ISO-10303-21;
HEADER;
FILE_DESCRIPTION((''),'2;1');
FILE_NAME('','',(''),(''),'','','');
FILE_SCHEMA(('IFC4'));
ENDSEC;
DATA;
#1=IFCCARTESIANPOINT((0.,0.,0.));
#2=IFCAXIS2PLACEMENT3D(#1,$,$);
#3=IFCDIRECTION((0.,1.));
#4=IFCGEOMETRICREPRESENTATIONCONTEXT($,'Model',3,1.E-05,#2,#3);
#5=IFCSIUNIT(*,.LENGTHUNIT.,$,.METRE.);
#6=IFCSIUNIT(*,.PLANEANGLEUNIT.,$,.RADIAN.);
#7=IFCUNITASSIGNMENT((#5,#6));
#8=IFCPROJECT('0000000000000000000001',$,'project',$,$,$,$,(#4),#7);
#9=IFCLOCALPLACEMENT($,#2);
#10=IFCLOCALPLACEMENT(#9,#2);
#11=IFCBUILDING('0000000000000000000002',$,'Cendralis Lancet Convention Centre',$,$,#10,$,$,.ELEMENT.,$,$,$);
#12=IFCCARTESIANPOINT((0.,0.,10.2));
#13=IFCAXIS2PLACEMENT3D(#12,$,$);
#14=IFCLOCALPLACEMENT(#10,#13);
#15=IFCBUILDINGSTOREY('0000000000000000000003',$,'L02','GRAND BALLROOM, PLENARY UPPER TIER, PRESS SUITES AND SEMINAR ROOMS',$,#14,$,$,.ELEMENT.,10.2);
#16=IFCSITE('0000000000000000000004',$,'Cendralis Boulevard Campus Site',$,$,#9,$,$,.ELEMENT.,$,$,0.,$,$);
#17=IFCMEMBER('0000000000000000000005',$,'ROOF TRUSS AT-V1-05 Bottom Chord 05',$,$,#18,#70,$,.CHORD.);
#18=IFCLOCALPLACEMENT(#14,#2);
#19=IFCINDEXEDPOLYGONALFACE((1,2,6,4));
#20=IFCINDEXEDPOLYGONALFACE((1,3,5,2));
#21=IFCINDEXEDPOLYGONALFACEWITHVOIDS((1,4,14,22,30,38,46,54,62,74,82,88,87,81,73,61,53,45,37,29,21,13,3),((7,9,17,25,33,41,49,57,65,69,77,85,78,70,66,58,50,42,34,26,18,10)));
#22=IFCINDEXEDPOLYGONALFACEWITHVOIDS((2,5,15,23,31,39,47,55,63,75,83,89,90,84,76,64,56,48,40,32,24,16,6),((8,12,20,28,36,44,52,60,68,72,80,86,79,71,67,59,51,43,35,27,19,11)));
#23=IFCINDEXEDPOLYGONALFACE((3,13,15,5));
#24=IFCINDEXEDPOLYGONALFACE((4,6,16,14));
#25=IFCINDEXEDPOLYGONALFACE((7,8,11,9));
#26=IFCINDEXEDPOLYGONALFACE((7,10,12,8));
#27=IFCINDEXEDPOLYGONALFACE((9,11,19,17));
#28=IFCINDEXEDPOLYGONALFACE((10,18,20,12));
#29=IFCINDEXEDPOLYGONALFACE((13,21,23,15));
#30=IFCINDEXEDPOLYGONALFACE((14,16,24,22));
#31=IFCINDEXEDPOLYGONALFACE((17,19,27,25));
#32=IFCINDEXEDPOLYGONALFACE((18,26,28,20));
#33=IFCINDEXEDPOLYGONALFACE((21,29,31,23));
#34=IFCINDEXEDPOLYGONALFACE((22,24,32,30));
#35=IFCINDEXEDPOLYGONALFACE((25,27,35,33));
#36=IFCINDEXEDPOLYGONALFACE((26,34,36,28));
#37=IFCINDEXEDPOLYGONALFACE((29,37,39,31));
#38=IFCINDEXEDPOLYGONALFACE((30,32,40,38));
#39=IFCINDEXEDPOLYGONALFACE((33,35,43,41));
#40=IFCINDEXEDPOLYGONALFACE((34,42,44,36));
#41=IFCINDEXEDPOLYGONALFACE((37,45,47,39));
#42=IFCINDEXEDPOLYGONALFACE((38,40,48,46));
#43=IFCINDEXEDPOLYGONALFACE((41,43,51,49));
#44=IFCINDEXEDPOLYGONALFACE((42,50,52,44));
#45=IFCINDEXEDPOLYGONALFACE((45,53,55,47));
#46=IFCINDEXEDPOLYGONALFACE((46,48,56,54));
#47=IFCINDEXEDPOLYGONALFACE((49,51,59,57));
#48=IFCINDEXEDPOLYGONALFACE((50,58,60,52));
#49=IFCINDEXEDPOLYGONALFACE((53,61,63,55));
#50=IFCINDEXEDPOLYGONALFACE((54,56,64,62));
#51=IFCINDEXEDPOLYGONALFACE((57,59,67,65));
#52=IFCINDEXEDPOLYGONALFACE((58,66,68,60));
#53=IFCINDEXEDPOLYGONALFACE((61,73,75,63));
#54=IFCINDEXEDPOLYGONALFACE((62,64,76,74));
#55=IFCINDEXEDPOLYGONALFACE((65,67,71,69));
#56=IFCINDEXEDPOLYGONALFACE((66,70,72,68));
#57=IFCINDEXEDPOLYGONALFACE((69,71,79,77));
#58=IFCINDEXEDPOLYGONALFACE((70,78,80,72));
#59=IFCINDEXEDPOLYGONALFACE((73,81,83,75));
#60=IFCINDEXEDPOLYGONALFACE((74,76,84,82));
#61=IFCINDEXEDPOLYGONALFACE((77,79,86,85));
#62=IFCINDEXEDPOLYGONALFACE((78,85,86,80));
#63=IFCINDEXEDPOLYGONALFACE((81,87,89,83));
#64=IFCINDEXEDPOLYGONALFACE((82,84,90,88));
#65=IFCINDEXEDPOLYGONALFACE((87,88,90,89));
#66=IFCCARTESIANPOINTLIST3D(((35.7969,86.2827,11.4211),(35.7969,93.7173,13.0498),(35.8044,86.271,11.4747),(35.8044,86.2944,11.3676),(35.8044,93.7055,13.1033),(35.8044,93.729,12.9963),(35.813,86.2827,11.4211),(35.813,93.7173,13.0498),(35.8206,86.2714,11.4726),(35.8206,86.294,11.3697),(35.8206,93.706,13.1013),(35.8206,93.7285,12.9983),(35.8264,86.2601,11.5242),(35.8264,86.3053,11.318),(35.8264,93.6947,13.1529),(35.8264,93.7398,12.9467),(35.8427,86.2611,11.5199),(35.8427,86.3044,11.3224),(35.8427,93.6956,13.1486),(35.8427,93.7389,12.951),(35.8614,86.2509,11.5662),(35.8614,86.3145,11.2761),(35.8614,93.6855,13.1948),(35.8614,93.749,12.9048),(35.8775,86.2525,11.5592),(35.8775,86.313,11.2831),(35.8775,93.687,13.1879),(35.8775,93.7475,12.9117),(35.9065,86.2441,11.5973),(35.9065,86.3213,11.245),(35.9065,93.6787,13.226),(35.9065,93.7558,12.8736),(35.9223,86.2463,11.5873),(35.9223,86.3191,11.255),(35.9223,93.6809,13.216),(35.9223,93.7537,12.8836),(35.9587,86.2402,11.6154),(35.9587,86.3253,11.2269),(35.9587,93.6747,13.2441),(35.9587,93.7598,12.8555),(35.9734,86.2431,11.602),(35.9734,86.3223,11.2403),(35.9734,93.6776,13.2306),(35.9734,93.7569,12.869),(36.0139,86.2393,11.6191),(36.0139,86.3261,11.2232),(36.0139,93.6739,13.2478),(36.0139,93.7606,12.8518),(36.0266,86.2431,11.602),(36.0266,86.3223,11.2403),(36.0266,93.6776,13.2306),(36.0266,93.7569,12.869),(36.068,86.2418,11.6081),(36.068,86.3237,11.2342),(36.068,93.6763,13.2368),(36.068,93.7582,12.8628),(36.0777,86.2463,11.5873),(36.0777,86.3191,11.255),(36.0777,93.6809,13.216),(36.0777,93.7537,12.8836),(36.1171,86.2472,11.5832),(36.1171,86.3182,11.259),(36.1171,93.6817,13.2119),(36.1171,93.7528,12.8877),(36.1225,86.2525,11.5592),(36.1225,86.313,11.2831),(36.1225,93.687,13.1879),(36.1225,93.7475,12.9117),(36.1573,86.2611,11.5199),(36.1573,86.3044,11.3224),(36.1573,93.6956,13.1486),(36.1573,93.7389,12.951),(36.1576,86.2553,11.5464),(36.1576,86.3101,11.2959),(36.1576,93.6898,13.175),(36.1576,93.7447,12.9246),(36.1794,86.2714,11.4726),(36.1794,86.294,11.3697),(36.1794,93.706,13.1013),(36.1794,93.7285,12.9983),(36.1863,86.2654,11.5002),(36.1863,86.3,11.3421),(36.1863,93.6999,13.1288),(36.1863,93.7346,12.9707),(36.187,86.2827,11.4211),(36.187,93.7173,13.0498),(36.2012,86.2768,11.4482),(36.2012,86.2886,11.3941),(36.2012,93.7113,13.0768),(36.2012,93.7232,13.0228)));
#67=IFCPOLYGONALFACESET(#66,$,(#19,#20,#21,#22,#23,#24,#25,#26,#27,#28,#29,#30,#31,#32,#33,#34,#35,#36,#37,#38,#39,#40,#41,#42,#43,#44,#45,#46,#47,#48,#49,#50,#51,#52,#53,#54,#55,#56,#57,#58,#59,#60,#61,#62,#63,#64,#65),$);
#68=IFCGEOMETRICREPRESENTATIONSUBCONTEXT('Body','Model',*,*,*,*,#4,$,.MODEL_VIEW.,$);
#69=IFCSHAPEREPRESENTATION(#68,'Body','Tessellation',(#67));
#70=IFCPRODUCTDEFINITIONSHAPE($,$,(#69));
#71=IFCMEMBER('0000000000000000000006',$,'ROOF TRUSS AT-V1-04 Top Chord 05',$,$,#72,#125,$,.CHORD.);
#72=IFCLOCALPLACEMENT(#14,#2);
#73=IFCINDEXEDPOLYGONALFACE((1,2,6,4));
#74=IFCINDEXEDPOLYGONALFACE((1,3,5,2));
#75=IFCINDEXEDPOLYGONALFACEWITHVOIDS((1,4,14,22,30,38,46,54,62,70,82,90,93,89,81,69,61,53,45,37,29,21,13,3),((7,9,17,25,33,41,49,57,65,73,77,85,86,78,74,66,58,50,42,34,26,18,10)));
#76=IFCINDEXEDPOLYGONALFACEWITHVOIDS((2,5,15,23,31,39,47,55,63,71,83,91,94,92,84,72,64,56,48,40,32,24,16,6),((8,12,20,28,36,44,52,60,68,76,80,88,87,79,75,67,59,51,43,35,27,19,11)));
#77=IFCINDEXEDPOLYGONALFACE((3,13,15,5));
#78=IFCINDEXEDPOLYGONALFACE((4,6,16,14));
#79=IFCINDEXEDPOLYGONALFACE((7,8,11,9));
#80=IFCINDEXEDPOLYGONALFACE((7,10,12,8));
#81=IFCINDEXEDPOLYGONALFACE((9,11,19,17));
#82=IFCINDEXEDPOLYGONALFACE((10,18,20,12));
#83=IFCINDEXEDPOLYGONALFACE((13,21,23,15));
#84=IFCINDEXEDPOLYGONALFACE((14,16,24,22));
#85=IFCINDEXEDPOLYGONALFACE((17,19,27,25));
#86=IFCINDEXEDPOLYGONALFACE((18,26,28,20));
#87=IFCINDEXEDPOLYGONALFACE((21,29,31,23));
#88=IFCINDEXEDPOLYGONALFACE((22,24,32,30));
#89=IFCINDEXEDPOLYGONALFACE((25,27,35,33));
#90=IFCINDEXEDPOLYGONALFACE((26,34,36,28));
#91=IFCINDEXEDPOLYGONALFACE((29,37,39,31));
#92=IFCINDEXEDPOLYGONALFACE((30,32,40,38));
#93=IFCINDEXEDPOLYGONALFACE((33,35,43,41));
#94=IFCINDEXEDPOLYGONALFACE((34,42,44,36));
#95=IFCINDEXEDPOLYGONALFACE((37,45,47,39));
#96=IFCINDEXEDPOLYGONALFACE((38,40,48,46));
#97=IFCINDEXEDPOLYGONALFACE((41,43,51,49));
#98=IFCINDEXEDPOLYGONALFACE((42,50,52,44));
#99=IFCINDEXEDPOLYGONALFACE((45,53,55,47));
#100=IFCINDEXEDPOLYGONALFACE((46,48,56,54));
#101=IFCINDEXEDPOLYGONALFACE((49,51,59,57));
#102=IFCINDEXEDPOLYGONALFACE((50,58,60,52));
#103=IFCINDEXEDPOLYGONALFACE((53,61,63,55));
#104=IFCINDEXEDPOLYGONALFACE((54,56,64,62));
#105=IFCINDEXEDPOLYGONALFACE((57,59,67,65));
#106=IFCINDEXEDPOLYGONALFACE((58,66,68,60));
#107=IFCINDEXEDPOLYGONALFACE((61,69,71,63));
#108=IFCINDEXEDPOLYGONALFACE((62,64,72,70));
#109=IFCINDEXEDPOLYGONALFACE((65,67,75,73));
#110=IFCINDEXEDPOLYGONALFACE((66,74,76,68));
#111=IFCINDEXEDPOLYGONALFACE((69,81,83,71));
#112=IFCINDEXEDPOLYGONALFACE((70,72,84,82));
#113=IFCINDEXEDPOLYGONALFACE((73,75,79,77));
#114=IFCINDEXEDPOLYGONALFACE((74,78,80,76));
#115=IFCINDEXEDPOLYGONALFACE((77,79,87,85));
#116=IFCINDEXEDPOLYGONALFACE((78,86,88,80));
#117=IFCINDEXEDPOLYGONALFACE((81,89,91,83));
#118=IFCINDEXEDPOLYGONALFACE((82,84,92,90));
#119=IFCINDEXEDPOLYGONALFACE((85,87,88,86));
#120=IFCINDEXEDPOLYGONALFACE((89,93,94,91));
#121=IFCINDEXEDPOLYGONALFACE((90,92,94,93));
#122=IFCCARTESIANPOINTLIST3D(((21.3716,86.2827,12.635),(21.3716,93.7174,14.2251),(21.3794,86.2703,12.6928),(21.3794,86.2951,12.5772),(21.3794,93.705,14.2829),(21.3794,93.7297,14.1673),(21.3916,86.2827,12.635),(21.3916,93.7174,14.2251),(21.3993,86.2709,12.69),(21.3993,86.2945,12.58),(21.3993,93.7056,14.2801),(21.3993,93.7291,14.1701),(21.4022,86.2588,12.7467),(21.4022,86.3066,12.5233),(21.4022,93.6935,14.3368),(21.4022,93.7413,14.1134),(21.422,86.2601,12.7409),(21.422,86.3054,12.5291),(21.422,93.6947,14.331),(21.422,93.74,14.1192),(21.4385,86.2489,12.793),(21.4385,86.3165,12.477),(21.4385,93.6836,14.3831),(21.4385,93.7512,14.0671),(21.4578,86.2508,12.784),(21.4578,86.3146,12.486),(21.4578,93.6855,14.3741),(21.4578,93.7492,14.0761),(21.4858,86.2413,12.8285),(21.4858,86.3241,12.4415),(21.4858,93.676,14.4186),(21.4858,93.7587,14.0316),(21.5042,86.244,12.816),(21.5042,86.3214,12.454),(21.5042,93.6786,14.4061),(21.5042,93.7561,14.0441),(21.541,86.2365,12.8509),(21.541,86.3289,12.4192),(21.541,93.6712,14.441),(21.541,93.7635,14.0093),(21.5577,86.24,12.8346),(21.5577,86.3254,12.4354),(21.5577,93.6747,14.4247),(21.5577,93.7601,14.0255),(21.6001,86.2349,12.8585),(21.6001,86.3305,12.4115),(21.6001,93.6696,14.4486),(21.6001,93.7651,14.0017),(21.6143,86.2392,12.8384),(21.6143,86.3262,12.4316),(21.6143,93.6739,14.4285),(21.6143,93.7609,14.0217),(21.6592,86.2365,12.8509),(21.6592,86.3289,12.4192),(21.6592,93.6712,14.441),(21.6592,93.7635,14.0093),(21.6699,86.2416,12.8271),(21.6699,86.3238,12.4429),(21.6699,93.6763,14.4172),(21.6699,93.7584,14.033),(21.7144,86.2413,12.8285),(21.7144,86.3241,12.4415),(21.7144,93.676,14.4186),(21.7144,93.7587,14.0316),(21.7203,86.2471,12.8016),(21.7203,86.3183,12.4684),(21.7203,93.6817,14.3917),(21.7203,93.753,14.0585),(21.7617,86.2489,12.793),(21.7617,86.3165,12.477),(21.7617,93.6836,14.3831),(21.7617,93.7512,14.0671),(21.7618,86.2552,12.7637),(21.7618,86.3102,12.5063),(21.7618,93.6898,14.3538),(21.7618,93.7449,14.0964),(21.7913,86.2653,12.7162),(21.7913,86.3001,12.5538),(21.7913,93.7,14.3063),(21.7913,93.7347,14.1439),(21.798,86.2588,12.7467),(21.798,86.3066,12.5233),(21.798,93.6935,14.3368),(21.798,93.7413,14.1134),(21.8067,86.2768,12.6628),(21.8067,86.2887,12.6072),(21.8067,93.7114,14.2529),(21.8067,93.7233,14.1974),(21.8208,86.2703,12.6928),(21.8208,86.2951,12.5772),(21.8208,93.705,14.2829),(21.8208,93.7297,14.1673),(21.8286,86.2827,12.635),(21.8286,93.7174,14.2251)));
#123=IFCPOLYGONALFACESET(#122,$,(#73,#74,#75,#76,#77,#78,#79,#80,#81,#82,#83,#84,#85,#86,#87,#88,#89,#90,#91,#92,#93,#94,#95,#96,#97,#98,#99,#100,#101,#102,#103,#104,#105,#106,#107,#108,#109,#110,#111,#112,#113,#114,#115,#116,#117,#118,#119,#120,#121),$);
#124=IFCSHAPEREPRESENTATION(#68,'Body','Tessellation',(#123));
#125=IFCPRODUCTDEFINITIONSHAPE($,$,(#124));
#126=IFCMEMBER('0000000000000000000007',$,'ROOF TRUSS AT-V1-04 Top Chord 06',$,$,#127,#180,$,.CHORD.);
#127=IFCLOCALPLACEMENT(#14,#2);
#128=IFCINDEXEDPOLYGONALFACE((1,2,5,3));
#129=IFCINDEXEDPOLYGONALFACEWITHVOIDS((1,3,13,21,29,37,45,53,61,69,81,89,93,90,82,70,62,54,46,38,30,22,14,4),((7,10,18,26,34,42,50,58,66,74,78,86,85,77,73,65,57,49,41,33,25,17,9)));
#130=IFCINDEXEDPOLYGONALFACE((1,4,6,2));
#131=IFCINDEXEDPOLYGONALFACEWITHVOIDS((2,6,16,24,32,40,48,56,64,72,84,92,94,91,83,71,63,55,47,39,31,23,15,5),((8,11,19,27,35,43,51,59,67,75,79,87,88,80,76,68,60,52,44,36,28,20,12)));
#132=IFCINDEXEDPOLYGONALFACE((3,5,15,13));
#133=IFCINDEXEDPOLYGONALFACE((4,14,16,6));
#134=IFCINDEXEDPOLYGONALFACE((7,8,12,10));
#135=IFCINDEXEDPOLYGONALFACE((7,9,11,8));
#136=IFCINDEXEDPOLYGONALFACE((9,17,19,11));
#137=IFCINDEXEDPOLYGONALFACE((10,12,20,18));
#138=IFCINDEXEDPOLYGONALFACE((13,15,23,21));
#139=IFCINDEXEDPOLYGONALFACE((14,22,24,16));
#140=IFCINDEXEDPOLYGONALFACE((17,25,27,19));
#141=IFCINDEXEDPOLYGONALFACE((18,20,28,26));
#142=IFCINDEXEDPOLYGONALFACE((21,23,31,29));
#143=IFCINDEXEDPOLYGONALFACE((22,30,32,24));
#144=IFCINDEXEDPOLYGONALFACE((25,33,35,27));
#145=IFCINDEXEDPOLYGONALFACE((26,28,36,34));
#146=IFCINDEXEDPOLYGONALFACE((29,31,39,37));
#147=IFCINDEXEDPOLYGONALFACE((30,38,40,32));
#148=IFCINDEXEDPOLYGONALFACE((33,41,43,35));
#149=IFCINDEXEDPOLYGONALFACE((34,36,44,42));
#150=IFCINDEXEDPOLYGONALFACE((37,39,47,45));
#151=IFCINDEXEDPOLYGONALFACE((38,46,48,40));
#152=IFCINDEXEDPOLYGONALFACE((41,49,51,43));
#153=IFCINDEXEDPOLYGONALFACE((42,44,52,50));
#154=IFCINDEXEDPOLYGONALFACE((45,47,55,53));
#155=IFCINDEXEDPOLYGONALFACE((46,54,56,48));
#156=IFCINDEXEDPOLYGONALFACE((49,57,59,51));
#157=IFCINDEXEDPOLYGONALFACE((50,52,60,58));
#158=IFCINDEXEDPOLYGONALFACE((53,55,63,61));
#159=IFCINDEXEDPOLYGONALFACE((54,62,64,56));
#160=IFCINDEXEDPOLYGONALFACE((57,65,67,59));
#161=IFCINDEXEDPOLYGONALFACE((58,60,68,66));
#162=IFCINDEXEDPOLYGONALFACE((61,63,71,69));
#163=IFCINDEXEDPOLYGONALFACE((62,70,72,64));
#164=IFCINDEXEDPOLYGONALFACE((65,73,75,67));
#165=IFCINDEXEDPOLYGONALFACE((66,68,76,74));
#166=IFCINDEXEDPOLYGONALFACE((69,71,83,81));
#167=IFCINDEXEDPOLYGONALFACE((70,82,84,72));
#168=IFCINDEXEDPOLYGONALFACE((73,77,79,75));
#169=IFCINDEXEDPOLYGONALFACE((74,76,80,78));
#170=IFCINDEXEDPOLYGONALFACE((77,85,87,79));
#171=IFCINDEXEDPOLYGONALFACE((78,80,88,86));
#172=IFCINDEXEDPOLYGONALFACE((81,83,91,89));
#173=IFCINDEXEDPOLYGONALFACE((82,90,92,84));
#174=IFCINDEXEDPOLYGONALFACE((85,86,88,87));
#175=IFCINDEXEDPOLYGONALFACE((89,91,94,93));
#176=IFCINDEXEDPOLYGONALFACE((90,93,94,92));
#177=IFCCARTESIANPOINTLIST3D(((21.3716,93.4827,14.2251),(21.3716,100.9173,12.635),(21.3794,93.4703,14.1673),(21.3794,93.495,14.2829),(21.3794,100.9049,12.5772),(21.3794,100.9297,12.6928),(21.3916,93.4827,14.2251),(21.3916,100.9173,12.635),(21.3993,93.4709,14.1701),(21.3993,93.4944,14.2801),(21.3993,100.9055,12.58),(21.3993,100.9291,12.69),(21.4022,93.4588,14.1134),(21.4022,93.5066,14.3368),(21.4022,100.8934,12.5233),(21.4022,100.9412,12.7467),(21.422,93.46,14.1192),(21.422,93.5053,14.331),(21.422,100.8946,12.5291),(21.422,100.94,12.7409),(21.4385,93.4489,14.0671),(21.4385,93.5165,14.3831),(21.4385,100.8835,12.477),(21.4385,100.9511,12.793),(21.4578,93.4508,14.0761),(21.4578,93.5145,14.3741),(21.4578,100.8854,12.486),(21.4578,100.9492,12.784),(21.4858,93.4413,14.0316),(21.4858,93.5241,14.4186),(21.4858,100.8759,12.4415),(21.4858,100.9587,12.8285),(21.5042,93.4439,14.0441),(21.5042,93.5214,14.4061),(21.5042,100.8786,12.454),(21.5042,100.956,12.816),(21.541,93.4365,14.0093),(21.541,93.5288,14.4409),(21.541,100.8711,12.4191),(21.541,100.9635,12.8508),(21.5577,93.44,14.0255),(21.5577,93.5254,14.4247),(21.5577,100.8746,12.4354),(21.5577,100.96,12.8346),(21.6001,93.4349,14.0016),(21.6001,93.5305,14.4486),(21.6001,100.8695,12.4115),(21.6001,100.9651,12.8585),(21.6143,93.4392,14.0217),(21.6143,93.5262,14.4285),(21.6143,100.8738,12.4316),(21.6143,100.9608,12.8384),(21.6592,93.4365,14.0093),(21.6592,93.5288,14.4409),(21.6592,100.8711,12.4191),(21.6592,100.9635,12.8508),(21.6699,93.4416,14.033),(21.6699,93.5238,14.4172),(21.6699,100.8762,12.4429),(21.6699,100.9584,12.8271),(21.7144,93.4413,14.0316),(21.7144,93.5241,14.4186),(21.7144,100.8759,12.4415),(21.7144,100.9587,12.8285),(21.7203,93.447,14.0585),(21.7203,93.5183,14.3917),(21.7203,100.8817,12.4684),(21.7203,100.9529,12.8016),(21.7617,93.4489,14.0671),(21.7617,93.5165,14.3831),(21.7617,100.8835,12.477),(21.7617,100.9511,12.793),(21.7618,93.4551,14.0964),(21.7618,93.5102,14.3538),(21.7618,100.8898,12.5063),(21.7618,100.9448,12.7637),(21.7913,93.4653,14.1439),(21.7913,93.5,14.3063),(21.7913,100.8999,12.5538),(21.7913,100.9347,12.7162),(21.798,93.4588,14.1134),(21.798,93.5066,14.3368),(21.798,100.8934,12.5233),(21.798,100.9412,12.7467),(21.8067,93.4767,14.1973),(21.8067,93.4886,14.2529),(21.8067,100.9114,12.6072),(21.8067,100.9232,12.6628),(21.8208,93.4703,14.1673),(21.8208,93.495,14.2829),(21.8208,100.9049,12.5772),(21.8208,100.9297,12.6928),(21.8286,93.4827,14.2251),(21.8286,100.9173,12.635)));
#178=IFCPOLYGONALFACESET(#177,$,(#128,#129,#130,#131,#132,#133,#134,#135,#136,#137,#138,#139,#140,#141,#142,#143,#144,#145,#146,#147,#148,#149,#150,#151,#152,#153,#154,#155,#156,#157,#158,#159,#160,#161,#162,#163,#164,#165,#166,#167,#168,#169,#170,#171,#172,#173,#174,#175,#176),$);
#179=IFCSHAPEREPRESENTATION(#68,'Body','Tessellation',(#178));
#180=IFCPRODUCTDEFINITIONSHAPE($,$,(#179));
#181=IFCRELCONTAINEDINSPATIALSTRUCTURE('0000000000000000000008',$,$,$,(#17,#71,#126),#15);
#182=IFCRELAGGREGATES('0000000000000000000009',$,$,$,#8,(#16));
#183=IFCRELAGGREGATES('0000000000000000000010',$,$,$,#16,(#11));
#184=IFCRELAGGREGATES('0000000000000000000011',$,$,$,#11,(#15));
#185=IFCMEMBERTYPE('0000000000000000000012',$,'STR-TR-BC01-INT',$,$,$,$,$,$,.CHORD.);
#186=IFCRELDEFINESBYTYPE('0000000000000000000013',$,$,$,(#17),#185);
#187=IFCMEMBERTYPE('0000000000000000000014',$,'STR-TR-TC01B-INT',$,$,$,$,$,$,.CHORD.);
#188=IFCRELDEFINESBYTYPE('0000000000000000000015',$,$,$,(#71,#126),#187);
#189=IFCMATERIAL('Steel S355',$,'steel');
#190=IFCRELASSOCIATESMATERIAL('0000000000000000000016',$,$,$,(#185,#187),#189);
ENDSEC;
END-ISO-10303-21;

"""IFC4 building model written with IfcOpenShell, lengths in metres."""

from ifc_helpers import new_model, si_unit, direction, frame, origin, origin_2d, place, context, subcontext, project, spatial, hollow_circle, extrude, material, material_profile, profile_set, type_object, element, save


model = new_model("IFC4")

# Units and contexts
model_context = context("Model", 3, precision=1e-05, world=origin(), true_north=direction((0.0, 1.0)))
body_context = subcontext(model_context, "Body", "Model", "MODEL_VIEW")
ifc_project = project(units=[si_unit("LENGTHUNIT", "METRE"), si_unit("PLANEANGLEUNIT", "RADIAN")], contexts=[model_context])

# Site, building, storey
site_placement = place(None, origin())
site = spatial("IfcSite", under=ifc_project, at=site_placement, Name="Cendralis Boulevard Campus Site", CompositionType="ELEMENT", RefElevation=0.0)
building_placement = place(site_placement, origin())
building = spatial("IfcBuilding", under=site, at=building_placement, Name="Cendralis Lancet Convention Centre", CompositionType="ELEMENT")
storey_placement = place(building_placement, frame((0.0, 0.0, 10.2)))
storey = spatial("IfcBuildingStorey", under=building, at=storey_placement, Name="L02", Description="GRAND BALLROOM, PLENARY UPPER TIER, PRESS SUITES AND SEMINAR ROOMS", CompositionType="ELEMENT", Elevation=10.2)

# Members
ifc_material = material(Name="Steel S355", Category="steel")
ifc_material_profile_1 = material_profile(ifc_material, hollow_circle(Radius=0.2031, WallThickness=0.0161, at=origin_2d()), Name="CHS 406.4x16.0")
ifc_profile_set_1 = profile_set([ifc_material_profile_1], Name="Steel S355")
member_type_1 = type_object("IfcMemberType", Name="STR-TR-BC01-INT", PredefinedType="CHORD", material=ifc_profile_set_1)
member_1_placement = place(storey_placement, frame((36.0, 86.2827, 11.4211), z_axis=(0.0, 0.976836, 0.213992), x_axis=(-1.0, 0.0, 0.0)))
element("IfcMember", 1, at=member_1_placement, inside=storey, type_object=member_type_1, Name="ROOF TRUSS AT-V1-05 Bottom Chord 05", PredefinedType="CHORD", context=body_context, shape_type="SweptSolid", body=[
    extrude(hollow_circle(Radius=0.2031, WallThickness=0.0161, at=origin_2d()), origin(), (0.0, 0.0, 1.0), 7.6108),
])
ifc_material_profile_2 = material_profile(ifc_material, hollow_circle(Radius=0.2285, WallThickness=0.02, at=origin_2d()), Name="CHS 457.0x20.0")
ifc_profile_set_2 = profile_set([ifc_material_profile_2], Name="Steel S355")
member_type_2 = type_object("IfcMemberType", Name="STR-TR-TC01B-INT", PredefinedType="CHORD", material=ifc_profile_set_2)
for number, where, z_axis, x_axis, name in (
    (2, (21.6001, 86.2827, 12.635), (0.0, 0.977884, 0.209147), (-1.0, 0.0, 0.0), "ROOF TRUSS AT-V1-04 Top Chord 05"),
    (3, (21.6001, 93.4827, 14.2251), (0.0, 0.977884, -0.209147), (-1.0, 0.0, 0.0), "ROOF TRUSS AT-V1-04 Top Chord 06"),
):
    element("IfcMember", number, at=place(storey_placement, frame(where, z_axis=z_axis, x_axis=x_axis)), inside=storey, type_object=member_type_2, Name=name, PredefinedType="CHORD", context=body_context, shape_type="SweptSolid", body=[
        extrude(hollow_circle(Radius=0.2285, WallThickness=0.02, at=origin_2d()), origin(), (0.0, 0.0, 1.0), 7.6028),
    ])

save(model, "model.ifc")
